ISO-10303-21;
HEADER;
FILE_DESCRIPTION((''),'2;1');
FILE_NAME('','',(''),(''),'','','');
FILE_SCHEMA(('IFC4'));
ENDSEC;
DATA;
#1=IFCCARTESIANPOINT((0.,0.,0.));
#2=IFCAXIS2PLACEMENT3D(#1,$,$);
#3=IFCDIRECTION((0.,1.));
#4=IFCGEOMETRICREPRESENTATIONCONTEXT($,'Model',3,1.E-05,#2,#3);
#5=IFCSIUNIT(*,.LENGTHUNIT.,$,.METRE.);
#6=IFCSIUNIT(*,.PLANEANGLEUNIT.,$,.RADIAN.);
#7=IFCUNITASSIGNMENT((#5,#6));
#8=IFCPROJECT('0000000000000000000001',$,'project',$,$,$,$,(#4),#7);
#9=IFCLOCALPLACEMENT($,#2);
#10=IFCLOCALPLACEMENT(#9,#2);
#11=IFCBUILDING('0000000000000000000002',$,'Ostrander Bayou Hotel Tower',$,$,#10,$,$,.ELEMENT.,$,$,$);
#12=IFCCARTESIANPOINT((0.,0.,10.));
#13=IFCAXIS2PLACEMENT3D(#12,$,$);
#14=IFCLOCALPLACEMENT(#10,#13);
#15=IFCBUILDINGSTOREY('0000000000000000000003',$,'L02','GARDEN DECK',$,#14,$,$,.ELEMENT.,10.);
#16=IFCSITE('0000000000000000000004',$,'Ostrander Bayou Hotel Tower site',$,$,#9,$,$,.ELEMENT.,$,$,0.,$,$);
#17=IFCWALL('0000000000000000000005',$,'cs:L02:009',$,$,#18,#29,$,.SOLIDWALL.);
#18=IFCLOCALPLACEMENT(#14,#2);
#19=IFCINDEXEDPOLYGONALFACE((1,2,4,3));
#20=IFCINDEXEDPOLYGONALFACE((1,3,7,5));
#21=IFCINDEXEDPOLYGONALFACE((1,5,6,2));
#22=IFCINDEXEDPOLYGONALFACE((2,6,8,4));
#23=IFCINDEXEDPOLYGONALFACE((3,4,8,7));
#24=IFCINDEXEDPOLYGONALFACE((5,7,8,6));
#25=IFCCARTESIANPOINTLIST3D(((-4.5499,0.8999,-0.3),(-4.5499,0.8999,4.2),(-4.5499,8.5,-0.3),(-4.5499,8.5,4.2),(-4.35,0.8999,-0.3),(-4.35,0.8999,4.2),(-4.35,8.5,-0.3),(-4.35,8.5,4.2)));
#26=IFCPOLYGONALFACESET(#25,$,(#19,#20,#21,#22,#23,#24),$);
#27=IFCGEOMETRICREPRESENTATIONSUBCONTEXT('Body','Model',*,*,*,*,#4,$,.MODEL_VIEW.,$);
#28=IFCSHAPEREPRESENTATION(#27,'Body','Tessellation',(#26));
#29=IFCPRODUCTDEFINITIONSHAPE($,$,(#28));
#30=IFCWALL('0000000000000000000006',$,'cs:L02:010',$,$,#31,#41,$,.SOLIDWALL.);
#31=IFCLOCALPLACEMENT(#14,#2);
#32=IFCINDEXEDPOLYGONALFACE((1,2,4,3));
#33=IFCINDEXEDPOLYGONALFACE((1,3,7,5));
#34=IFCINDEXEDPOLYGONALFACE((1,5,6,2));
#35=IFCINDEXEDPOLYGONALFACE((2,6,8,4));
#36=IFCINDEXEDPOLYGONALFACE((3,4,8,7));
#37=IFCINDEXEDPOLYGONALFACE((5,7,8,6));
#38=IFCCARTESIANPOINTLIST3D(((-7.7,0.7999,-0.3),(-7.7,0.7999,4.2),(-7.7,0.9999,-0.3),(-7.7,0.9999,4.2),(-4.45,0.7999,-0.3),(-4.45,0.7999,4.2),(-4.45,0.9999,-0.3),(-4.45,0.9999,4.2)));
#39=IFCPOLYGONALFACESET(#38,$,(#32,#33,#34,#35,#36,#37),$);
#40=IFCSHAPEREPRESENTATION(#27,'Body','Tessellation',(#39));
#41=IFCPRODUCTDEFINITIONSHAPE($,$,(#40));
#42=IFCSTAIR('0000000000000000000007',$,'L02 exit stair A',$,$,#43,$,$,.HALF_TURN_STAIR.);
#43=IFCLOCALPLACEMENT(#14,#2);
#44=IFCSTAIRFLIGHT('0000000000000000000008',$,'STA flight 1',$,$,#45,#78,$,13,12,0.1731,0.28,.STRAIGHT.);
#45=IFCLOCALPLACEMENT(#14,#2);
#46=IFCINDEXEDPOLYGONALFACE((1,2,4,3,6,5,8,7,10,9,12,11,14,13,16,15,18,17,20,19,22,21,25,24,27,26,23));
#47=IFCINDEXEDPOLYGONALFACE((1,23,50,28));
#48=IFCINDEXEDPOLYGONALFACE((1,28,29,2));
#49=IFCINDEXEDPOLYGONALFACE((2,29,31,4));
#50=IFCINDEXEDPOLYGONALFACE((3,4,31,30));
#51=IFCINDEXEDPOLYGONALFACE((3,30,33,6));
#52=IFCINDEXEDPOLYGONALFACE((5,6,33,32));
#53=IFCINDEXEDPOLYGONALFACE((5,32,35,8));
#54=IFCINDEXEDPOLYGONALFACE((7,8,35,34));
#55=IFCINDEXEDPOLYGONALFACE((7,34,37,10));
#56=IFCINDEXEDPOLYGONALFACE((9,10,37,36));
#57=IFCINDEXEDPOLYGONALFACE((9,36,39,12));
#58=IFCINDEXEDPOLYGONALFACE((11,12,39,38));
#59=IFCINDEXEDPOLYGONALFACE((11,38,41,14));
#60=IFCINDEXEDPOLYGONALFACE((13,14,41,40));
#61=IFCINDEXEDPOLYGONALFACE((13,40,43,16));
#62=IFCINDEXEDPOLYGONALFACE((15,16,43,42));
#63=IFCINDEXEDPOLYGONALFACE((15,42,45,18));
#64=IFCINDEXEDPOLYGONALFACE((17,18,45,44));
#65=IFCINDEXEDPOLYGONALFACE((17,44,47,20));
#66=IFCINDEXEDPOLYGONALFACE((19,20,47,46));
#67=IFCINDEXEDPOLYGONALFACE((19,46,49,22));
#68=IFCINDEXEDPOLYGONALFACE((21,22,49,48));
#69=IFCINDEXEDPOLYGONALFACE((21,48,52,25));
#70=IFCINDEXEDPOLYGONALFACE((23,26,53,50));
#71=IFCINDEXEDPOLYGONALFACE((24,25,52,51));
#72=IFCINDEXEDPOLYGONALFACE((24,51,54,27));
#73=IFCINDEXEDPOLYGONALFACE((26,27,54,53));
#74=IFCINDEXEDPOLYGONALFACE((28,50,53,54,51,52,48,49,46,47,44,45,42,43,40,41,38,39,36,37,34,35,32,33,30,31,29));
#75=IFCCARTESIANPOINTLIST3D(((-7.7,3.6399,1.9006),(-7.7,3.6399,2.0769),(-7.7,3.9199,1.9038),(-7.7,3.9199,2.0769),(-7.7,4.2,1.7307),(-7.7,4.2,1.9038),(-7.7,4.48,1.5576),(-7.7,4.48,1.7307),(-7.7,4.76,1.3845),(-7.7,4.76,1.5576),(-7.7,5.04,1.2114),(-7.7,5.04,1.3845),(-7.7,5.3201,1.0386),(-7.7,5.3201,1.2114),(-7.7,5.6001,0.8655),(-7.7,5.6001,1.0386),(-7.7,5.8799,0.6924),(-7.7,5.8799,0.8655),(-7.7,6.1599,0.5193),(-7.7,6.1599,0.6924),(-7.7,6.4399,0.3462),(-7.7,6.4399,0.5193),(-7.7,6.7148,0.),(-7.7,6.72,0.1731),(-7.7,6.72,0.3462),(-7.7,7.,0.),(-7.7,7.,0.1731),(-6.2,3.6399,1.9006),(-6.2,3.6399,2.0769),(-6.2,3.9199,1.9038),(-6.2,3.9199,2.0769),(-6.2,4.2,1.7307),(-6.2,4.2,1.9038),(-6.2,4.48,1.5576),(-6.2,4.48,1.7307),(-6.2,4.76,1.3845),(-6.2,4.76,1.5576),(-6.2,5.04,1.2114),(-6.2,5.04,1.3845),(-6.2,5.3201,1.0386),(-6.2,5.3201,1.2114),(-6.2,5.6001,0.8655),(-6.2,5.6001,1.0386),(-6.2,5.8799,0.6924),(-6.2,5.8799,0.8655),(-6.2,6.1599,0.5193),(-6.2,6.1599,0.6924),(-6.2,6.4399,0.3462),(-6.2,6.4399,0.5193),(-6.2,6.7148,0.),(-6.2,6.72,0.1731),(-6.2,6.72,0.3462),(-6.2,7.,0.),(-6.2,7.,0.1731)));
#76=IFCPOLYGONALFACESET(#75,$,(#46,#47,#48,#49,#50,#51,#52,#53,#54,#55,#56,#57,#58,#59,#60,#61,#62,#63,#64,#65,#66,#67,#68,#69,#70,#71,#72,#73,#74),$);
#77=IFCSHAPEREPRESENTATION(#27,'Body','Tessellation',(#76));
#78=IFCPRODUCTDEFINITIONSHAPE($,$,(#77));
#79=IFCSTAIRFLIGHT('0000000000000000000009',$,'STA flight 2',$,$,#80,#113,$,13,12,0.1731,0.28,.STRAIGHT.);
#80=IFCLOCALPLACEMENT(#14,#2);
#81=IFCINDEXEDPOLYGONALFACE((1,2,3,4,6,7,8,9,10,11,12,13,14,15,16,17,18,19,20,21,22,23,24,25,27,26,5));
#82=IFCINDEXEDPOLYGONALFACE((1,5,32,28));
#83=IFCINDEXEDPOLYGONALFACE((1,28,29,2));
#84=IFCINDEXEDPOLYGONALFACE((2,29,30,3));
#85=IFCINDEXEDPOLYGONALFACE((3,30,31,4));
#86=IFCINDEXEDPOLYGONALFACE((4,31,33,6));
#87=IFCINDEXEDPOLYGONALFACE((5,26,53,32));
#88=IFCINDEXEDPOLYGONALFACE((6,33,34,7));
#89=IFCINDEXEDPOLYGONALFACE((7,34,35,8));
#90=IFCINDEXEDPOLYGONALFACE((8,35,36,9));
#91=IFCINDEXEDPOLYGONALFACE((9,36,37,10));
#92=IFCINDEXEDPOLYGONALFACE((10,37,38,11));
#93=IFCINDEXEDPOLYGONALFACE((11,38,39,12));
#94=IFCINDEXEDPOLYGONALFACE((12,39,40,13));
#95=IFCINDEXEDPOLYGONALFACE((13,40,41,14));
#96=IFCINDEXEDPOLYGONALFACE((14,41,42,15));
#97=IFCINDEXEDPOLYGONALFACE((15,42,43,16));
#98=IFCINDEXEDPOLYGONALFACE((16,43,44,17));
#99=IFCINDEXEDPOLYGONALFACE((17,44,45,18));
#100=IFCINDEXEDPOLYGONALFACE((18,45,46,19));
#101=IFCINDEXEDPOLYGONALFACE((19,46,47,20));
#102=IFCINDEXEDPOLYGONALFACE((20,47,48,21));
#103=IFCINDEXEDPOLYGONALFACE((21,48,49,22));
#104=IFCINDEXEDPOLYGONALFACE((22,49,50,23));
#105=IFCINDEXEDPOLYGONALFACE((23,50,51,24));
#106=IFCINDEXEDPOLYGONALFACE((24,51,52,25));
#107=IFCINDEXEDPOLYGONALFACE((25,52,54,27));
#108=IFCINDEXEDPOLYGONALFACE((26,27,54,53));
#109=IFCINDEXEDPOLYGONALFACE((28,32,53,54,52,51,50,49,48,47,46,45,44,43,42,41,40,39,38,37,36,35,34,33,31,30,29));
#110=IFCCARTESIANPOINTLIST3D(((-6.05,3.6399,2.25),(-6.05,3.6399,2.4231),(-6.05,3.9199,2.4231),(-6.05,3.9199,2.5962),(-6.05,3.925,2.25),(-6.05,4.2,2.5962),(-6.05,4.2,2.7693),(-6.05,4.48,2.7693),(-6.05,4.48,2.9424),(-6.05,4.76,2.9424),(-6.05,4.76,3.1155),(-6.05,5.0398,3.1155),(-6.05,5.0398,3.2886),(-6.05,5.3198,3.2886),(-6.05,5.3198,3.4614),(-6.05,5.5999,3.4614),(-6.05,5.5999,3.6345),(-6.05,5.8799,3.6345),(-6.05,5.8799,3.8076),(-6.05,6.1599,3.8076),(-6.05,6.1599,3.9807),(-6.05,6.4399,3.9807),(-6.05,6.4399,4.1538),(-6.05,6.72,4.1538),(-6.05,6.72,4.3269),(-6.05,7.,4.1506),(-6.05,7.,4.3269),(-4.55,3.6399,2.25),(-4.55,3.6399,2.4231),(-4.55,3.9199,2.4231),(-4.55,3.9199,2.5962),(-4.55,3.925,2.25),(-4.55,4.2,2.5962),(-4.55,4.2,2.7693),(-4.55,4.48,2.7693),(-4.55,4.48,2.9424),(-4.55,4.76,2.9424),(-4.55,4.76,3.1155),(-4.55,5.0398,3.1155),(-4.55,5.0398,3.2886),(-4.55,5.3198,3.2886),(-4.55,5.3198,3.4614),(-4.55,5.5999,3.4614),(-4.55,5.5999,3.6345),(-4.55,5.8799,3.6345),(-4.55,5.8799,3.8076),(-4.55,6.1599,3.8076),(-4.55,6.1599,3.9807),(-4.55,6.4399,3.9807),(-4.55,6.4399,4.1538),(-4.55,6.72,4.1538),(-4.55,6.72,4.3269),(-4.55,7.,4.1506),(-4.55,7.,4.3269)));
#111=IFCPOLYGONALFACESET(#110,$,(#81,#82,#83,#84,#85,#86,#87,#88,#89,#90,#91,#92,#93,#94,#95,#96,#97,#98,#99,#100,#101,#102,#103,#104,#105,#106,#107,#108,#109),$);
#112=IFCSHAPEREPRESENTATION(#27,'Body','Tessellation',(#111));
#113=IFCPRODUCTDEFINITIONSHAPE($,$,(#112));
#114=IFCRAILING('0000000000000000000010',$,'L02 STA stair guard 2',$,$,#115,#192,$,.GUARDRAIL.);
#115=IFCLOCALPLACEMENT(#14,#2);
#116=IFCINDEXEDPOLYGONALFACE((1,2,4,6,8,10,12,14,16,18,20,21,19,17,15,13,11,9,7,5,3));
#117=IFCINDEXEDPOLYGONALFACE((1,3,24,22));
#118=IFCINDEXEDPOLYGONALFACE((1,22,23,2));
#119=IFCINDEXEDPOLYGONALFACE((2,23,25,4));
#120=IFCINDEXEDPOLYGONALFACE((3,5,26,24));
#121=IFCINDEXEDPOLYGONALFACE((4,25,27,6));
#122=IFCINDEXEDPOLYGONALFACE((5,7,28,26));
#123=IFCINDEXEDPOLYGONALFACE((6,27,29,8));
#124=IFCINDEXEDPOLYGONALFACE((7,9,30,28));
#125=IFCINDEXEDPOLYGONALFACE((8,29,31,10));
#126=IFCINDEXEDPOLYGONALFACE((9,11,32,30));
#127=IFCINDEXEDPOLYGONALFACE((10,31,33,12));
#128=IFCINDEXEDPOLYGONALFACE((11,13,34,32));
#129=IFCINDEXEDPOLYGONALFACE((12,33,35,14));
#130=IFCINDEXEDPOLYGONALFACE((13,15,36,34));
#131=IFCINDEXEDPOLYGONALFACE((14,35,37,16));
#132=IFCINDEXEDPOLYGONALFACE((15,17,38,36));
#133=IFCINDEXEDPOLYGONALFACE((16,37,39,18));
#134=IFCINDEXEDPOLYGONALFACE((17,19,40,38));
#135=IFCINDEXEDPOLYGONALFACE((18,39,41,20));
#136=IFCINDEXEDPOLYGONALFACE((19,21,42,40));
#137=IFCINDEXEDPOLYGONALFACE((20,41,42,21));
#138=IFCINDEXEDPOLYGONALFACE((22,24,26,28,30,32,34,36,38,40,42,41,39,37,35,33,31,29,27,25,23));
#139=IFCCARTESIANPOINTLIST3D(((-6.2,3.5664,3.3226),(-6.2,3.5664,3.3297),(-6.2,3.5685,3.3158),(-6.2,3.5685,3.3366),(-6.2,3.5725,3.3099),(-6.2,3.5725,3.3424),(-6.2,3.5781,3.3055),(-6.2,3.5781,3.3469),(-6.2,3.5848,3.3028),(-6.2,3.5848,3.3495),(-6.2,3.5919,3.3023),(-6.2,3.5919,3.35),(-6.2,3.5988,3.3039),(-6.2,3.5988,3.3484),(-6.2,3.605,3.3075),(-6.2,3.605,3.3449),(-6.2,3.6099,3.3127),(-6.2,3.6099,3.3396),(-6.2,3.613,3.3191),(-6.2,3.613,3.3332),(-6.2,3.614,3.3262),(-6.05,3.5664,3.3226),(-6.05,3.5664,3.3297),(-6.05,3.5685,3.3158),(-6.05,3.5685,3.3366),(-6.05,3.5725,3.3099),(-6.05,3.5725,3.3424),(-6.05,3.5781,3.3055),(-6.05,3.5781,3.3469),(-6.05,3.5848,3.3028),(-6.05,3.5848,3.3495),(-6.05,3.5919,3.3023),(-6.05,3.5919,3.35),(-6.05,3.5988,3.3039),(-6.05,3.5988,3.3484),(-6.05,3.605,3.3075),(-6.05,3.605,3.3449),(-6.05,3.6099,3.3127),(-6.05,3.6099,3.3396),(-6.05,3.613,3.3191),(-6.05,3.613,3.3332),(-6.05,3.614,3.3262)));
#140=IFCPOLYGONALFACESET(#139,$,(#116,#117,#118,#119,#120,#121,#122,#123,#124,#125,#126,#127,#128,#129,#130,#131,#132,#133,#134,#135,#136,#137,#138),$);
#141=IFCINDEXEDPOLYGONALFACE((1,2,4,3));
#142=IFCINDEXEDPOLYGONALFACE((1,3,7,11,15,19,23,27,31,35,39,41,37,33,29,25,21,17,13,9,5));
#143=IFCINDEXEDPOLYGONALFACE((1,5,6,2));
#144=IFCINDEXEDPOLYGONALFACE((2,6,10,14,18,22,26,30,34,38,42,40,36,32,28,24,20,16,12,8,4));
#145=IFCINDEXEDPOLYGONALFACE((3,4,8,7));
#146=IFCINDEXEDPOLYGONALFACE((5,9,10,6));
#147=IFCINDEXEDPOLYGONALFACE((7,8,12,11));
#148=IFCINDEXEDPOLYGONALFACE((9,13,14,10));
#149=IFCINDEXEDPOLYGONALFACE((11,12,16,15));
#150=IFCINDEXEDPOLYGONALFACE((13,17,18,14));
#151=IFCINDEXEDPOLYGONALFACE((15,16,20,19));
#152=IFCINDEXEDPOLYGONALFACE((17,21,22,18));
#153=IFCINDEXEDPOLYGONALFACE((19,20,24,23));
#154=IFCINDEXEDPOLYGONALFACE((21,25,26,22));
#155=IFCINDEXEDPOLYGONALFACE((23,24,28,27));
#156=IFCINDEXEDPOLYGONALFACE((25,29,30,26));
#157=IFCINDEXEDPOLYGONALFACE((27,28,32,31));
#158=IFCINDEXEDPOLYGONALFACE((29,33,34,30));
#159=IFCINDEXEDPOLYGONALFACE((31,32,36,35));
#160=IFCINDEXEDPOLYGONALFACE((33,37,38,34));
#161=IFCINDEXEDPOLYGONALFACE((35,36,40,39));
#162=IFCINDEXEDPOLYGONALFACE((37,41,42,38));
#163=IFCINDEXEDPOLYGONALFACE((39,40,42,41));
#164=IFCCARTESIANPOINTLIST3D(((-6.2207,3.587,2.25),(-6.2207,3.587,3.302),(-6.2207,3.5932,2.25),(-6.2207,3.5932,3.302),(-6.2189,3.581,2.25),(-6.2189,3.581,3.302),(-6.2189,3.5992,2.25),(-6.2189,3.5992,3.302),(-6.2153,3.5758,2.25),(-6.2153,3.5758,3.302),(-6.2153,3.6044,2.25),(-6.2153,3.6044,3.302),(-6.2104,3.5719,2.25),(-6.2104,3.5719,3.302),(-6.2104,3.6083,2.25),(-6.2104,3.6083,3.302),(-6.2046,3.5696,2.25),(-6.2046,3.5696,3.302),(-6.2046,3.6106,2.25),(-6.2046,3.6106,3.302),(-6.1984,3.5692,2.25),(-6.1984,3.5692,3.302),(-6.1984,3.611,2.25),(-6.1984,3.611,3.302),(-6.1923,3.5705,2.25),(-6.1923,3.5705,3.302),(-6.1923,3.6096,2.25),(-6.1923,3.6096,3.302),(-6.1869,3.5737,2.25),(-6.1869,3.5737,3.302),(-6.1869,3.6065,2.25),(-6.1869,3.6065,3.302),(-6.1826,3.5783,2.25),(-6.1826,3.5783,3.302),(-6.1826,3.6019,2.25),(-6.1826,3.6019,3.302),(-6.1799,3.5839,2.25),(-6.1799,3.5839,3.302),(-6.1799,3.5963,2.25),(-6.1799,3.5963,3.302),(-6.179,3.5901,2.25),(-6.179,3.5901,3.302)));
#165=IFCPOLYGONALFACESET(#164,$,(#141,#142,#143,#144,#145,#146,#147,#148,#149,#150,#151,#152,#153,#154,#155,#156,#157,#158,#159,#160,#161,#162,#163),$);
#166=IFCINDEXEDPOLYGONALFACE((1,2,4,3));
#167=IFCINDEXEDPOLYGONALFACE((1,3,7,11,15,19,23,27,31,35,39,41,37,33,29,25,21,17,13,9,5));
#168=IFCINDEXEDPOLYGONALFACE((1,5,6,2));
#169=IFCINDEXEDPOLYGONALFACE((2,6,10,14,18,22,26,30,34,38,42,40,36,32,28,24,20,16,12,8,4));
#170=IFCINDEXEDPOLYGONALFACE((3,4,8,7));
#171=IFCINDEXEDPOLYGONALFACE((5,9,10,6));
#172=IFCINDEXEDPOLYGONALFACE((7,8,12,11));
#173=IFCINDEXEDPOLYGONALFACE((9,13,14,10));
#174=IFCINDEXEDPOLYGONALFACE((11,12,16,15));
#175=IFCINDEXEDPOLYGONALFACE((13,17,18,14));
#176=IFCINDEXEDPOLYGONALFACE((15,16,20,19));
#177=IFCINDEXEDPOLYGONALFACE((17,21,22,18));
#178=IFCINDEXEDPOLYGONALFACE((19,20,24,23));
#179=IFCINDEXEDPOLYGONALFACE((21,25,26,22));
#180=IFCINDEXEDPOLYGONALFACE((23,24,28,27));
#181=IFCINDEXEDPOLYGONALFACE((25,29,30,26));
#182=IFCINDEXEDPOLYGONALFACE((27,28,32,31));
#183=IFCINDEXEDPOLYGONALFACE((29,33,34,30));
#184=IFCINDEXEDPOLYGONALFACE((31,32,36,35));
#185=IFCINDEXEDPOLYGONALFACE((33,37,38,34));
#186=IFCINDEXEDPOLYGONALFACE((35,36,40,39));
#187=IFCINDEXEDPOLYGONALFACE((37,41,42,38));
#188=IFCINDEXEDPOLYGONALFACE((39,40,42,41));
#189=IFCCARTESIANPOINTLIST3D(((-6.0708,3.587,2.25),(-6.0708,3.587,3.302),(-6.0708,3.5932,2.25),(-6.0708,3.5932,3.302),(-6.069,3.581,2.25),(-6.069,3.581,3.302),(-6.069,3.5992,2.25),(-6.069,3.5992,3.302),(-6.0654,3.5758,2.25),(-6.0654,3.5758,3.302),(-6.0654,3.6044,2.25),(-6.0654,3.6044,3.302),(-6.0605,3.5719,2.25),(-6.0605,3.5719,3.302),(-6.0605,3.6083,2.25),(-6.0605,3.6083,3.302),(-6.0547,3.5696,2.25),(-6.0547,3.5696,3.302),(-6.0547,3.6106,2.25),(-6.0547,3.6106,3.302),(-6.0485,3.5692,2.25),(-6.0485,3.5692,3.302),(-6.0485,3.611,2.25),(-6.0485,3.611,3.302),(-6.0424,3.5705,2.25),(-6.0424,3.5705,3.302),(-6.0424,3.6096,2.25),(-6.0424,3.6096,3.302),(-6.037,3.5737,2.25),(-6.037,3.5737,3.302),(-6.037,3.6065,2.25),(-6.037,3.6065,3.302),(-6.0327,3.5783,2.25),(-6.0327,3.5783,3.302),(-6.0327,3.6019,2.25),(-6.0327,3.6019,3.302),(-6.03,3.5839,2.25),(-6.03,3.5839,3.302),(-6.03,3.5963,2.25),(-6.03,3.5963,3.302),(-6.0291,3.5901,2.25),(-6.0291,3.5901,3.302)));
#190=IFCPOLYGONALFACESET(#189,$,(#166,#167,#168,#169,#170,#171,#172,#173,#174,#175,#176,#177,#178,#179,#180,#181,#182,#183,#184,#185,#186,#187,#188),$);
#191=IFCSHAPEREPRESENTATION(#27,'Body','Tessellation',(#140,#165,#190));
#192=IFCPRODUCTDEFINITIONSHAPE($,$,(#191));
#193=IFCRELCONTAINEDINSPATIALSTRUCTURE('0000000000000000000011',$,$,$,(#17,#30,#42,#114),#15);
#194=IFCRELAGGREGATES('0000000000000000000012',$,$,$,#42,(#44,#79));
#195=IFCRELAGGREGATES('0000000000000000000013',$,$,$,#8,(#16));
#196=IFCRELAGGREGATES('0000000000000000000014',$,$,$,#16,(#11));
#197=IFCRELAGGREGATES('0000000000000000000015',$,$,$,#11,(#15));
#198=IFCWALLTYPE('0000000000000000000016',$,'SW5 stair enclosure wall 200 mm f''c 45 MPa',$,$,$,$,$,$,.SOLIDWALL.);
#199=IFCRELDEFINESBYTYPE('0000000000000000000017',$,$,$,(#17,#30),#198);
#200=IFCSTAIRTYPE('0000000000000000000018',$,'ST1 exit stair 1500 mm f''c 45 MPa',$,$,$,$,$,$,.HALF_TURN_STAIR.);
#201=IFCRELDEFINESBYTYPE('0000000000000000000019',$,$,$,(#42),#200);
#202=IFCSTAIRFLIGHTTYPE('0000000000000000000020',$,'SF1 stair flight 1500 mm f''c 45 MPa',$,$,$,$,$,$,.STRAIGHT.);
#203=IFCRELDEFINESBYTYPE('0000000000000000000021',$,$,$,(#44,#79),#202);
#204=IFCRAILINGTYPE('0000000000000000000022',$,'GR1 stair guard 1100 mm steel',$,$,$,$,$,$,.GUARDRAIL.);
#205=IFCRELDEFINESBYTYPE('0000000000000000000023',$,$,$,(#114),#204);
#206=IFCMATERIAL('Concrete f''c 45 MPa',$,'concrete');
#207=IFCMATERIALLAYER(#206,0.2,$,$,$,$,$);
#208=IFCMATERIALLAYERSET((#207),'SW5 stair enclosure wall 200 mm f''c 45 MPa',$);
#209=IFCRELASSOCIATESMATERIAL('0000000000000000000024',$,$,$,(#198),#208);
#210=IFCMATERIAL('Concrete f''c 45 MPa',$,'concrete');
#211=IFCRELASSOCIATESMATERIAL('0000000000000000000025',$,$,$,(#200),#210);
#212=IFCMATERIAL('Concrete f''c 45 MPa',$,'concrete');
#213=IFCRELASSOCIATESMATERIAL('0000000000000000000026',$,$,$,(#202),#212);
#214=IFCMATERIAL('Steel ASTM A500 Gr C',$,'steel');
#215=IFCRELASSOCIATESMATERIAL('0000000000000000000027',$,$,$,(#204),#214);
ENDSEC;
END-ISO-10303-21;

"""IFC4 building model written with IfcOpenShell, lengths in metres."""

from ifc_helpers import new_model, si_unit, direction, frame, frame_2d, origin, origin_2d, place, context, subcontext, project, spatial, polyline, rectangle, circle, outline, extrude, material, layer, layer_set, type_object, element, aggregate, save


model = new_model("IFC4")

# Units and contexts
model_context = context("Model", 3, precision=1e-05, world=origin(), true_north=direction((0.0, 1.0)))
body_context = subcontext(model_context, "Body", "Model", "MODEL_VIEW")
ifc_project = project(units=[si_unit("LENGTHUNIT", "METRE"), si_unit("PLANEANGLEUNIT", "RADIAN")], contexts=[model_context])

# Site, building, storey
site_placement = place(None, origin())
site = spatial("IfcSite", under=ifc_project, at=site_placement, Name="Ostrander Bayou Hotel Tower site", CompositionType="ELEMENT", RefElevation=0.0)
building_placement = place(site_placement, origin())
building = spatial("IfcBuilding", under=site, at=building_placement, Name="Ostrander Bayou Hotel Tower", CompositionType="ELEMENT")
storey_placement = place(building_placement, frame((0.0, 0.0, 10.0)))
storey = spatial("IfcBuildingStorey", under=building, at=storey_placement, Name="L02", Description="GARDEN DECK", CompositionType="ELEMENT", Elevation=10.0)

# Walls
ifc_material_1 = material(Name="Concrete f'c 45 MPa", Category="concrete")
ifc_layer_1 = layer(ifc_material_1, 0.2)
ifc_layer_set_1 = layer_set([ifc_layer_1], Name="SW5 stair enclosure wall 200 mm f'c 45 MPa")
wall_type_1 = type_object("IfcWallType", Name="SW5 stair enclosure wall 200 mm f'c 45 MPa", PredefinedType="SOLIDWALL", material=ifc_layer_set_1)
wall_1_placement = place(storey_placement, frame((-4.45, 0.8999, -0.3), z_axis=(0.0, 0.0, 1.0), x_axis=(0.0, 1.0, 0.0)))
element("IfcWall", 1, at=wall_1_placement, inside=storey, type_object=wall_type_1, Name="cs:L02:009", PredefinedType="SOLIDWALL", context=body_context, shape_type="SweptSolid", body=[
    extrude(rectangle(XDim=7.6001, YDim=0.2, at=frame_2d((3.8, 0.0))), origin(), (0.0, 0.0, 1.0), 4.5),
])
wall_2_placement = place(storey_placement, frame((-7.7, 0.8999, -0.3), z_axis=(0.0, 0.0, 1.0), x_axis=(1.0, 0.0, 0.0)))
element("IfcWall", 2, at=wall_2_placement, inside=storey, type_object=wall_type_1, Name="cs:L02:010", PredefinedType="SOLIDWALL", context=body_context, shape_type="SweptSolid", body=[
    extrude(rectangle(XDim=3.25, YDim=0.2, at=frame_2d((1.625, 0.0))), origin(), (0.0, 0.0, 1.0), 4.5),
])

# Stair, stair flights
ifc_material_2 = material(Name="Concrete f'c 45 MPa", Category="concrete")
stair_type = type_object("IfcStairType", Name="ST1 exit stair 1500 mm f'c 45 MPa", PredefinedType="HALF_TURN_STAIR", material=ifc_material_2)
stair_placement = place(storey_placement, origin())
stair = element("IfcStair", 3, at=stair_placement, inside=storey, type_object=stair_type, Name="L02 exit stair A", PredefinedType="HALF_TURN_STAIR")
ifc_material_3 = material(Name="Concrete f'c 45 MPa", Category="concrete")
stair_flight_type = type_object("IfcStairFlightType", Name="SF1 stair flight 1500 mm f'c 45 MPa", PredefinedType="STRAIGHT", material=ifc_material_3)
stair_flight_1_placement = place(storey_placement, frame((-6.95, 7.0, 0.0), z_axis=(0.0, 0.0, 1.0), x_axis=(0.0, -1.0, 0.0)))
stair_flight_1 = element("IfcStairFlight", 4, at=stair_flight_1_placement, type_object=stair_flight_type, Name="STA flight 1", NumberOfRisers=13, NumberOfTreads=12, PredefinedType="STRAIGHT", RiserHeight=0.1731, TreadLength=0.28, context=body_context, shape_type="SweptSolid", body=[
    extrude(outline(polyline([(0.0, 0.0), (0.0, 0.1731), (0.28, 0.1731), (0.28, 0.3462), (0.5601, 0.3462), (0.5601, 0.5193), (0.8401, 0.5193), (0.8401, 0.6924), (1.1201, 0.6924), (1.1201, 0.8655), (1.3999, 0.8655), (1.3999, 1.0386), (1.6799, 1.0386), (1.6799, 1.2114), (1.96, 1.2114), (1.96, 1.3845), (2.24, 1.3845), (2.24, 1.5576), (2.52, 1.5576), (2.52, 1.7307), (2.8, 1.7307), (2.8, 1.9038), (3.0801, 1.9038), (3.0801, 2.0769), (3.3601, 2.0769), (3.3601, 2.25), (3.3601, 1.9006), (0.2852, 0.0), (0.0, 0.0)])), frame((0.0, 0.75, 0.0), z_axis=(0.0, -1.0, 0.0), x_axis=(1.0, 0.0, 0.0)), (0.0, 0.0, 1.0), 1.5),
])
stair_flight_2_placement = place(storey_placement, frame((-5.3, 3.6399, 2.25), z_axis=(0.0, 0.0, 1.0), x_axis=(0.0, 1.0, 0.0)))
stair_flight_2 = element("IfcStairFlight", 5, at=stair_flight_2_placement, type_object=stair_flight_type, Name="STA flight 2", NumberOfRisers=13, NumberOfTreads=12, PredefinedType="STRAIGHT", RiserHeight=0.1731, TreadLength=0.28, context=body_context, shape_type="SweptSolid", body=[
    extrude(outline(polyline([(0.0, 0.0), (0.0, 0.1731), (0.28, 0.1731), (0.28, 0.3462), (0.5601, 0.3462), (0.5601, 0.5193), (0.8401, 0.5193), (0.8401, 0.6924), (1.1201, 0.6924), (1.1201, 0.8655), (1.3999, 0.8655), (1.3999, 1.0386), (1.6799, 1.0386), (1.6799, 1.2114), (1.96, 1.2114), (1.96, 1.3845), (2.24, 1.3845), (2.24, 1.5576), (2.52, 1.5576), (2.52, 1.7307), (2.8, 1.7307), (2.8, 1.9038), (3.0801, 1.9038), (3.0801, 2.0769), (3.3601, 2.0769), (3.3601, 2.25), (3.3601, 1.9006), (0.2852, 0.0), (0.0, 0.0)])), frame((0.0, 0.75, 0.0), z_axis=(0.0, -1.0, 0.0), x_axis=(1.0, 0.0, 0.0)), (0.0, 0.0, 1.0), 1.5),
])
aggregate(stair, [stair_flight_1, stair_flight_2])

# Railing
ifc_material_4 = material(Name="Steel ASTM A500 Gr C", Category="steel")
railing_type_1 = type_object("IfcRailingType", Name="GR1 stair guard 1100 mm steel", PredefinedType="GUARDRAIL", material=ifc_material_4)
railing_1_placement = place(storey_placement, frame((-6.2, 3.5901, 2.25)))
element("IfcRailing", 6, at=railing_1_placement, inside=storey, type_object=railing_type_1, Name="L02 STA stair guard 2", PredefinedType="GUARDRAIL", context=body_context, shape_type="SweptSolid", body=[
    extrude(circle(Radius=0.0239, at=origin_2d()), frame((0.0, 0.0, 1.0762), z_axis=(1.0, 0.0, 0.0), x_axis=(0.0, 1.0, 0.0)), (0.0, 0.0, 1.0), 0.1499),
    extrude(circle(Radius=0.021, at=origin_2d()), origin(), (0.0, 0.0, 1.0), 1.052),
    extrude(circle(Radius=0.021, at=origin_2d()), frame((0.1499, 0.0, 0.0)), (0.0, 0.0, 1.0), 1.052),
])

save(model, "model.ifc")
